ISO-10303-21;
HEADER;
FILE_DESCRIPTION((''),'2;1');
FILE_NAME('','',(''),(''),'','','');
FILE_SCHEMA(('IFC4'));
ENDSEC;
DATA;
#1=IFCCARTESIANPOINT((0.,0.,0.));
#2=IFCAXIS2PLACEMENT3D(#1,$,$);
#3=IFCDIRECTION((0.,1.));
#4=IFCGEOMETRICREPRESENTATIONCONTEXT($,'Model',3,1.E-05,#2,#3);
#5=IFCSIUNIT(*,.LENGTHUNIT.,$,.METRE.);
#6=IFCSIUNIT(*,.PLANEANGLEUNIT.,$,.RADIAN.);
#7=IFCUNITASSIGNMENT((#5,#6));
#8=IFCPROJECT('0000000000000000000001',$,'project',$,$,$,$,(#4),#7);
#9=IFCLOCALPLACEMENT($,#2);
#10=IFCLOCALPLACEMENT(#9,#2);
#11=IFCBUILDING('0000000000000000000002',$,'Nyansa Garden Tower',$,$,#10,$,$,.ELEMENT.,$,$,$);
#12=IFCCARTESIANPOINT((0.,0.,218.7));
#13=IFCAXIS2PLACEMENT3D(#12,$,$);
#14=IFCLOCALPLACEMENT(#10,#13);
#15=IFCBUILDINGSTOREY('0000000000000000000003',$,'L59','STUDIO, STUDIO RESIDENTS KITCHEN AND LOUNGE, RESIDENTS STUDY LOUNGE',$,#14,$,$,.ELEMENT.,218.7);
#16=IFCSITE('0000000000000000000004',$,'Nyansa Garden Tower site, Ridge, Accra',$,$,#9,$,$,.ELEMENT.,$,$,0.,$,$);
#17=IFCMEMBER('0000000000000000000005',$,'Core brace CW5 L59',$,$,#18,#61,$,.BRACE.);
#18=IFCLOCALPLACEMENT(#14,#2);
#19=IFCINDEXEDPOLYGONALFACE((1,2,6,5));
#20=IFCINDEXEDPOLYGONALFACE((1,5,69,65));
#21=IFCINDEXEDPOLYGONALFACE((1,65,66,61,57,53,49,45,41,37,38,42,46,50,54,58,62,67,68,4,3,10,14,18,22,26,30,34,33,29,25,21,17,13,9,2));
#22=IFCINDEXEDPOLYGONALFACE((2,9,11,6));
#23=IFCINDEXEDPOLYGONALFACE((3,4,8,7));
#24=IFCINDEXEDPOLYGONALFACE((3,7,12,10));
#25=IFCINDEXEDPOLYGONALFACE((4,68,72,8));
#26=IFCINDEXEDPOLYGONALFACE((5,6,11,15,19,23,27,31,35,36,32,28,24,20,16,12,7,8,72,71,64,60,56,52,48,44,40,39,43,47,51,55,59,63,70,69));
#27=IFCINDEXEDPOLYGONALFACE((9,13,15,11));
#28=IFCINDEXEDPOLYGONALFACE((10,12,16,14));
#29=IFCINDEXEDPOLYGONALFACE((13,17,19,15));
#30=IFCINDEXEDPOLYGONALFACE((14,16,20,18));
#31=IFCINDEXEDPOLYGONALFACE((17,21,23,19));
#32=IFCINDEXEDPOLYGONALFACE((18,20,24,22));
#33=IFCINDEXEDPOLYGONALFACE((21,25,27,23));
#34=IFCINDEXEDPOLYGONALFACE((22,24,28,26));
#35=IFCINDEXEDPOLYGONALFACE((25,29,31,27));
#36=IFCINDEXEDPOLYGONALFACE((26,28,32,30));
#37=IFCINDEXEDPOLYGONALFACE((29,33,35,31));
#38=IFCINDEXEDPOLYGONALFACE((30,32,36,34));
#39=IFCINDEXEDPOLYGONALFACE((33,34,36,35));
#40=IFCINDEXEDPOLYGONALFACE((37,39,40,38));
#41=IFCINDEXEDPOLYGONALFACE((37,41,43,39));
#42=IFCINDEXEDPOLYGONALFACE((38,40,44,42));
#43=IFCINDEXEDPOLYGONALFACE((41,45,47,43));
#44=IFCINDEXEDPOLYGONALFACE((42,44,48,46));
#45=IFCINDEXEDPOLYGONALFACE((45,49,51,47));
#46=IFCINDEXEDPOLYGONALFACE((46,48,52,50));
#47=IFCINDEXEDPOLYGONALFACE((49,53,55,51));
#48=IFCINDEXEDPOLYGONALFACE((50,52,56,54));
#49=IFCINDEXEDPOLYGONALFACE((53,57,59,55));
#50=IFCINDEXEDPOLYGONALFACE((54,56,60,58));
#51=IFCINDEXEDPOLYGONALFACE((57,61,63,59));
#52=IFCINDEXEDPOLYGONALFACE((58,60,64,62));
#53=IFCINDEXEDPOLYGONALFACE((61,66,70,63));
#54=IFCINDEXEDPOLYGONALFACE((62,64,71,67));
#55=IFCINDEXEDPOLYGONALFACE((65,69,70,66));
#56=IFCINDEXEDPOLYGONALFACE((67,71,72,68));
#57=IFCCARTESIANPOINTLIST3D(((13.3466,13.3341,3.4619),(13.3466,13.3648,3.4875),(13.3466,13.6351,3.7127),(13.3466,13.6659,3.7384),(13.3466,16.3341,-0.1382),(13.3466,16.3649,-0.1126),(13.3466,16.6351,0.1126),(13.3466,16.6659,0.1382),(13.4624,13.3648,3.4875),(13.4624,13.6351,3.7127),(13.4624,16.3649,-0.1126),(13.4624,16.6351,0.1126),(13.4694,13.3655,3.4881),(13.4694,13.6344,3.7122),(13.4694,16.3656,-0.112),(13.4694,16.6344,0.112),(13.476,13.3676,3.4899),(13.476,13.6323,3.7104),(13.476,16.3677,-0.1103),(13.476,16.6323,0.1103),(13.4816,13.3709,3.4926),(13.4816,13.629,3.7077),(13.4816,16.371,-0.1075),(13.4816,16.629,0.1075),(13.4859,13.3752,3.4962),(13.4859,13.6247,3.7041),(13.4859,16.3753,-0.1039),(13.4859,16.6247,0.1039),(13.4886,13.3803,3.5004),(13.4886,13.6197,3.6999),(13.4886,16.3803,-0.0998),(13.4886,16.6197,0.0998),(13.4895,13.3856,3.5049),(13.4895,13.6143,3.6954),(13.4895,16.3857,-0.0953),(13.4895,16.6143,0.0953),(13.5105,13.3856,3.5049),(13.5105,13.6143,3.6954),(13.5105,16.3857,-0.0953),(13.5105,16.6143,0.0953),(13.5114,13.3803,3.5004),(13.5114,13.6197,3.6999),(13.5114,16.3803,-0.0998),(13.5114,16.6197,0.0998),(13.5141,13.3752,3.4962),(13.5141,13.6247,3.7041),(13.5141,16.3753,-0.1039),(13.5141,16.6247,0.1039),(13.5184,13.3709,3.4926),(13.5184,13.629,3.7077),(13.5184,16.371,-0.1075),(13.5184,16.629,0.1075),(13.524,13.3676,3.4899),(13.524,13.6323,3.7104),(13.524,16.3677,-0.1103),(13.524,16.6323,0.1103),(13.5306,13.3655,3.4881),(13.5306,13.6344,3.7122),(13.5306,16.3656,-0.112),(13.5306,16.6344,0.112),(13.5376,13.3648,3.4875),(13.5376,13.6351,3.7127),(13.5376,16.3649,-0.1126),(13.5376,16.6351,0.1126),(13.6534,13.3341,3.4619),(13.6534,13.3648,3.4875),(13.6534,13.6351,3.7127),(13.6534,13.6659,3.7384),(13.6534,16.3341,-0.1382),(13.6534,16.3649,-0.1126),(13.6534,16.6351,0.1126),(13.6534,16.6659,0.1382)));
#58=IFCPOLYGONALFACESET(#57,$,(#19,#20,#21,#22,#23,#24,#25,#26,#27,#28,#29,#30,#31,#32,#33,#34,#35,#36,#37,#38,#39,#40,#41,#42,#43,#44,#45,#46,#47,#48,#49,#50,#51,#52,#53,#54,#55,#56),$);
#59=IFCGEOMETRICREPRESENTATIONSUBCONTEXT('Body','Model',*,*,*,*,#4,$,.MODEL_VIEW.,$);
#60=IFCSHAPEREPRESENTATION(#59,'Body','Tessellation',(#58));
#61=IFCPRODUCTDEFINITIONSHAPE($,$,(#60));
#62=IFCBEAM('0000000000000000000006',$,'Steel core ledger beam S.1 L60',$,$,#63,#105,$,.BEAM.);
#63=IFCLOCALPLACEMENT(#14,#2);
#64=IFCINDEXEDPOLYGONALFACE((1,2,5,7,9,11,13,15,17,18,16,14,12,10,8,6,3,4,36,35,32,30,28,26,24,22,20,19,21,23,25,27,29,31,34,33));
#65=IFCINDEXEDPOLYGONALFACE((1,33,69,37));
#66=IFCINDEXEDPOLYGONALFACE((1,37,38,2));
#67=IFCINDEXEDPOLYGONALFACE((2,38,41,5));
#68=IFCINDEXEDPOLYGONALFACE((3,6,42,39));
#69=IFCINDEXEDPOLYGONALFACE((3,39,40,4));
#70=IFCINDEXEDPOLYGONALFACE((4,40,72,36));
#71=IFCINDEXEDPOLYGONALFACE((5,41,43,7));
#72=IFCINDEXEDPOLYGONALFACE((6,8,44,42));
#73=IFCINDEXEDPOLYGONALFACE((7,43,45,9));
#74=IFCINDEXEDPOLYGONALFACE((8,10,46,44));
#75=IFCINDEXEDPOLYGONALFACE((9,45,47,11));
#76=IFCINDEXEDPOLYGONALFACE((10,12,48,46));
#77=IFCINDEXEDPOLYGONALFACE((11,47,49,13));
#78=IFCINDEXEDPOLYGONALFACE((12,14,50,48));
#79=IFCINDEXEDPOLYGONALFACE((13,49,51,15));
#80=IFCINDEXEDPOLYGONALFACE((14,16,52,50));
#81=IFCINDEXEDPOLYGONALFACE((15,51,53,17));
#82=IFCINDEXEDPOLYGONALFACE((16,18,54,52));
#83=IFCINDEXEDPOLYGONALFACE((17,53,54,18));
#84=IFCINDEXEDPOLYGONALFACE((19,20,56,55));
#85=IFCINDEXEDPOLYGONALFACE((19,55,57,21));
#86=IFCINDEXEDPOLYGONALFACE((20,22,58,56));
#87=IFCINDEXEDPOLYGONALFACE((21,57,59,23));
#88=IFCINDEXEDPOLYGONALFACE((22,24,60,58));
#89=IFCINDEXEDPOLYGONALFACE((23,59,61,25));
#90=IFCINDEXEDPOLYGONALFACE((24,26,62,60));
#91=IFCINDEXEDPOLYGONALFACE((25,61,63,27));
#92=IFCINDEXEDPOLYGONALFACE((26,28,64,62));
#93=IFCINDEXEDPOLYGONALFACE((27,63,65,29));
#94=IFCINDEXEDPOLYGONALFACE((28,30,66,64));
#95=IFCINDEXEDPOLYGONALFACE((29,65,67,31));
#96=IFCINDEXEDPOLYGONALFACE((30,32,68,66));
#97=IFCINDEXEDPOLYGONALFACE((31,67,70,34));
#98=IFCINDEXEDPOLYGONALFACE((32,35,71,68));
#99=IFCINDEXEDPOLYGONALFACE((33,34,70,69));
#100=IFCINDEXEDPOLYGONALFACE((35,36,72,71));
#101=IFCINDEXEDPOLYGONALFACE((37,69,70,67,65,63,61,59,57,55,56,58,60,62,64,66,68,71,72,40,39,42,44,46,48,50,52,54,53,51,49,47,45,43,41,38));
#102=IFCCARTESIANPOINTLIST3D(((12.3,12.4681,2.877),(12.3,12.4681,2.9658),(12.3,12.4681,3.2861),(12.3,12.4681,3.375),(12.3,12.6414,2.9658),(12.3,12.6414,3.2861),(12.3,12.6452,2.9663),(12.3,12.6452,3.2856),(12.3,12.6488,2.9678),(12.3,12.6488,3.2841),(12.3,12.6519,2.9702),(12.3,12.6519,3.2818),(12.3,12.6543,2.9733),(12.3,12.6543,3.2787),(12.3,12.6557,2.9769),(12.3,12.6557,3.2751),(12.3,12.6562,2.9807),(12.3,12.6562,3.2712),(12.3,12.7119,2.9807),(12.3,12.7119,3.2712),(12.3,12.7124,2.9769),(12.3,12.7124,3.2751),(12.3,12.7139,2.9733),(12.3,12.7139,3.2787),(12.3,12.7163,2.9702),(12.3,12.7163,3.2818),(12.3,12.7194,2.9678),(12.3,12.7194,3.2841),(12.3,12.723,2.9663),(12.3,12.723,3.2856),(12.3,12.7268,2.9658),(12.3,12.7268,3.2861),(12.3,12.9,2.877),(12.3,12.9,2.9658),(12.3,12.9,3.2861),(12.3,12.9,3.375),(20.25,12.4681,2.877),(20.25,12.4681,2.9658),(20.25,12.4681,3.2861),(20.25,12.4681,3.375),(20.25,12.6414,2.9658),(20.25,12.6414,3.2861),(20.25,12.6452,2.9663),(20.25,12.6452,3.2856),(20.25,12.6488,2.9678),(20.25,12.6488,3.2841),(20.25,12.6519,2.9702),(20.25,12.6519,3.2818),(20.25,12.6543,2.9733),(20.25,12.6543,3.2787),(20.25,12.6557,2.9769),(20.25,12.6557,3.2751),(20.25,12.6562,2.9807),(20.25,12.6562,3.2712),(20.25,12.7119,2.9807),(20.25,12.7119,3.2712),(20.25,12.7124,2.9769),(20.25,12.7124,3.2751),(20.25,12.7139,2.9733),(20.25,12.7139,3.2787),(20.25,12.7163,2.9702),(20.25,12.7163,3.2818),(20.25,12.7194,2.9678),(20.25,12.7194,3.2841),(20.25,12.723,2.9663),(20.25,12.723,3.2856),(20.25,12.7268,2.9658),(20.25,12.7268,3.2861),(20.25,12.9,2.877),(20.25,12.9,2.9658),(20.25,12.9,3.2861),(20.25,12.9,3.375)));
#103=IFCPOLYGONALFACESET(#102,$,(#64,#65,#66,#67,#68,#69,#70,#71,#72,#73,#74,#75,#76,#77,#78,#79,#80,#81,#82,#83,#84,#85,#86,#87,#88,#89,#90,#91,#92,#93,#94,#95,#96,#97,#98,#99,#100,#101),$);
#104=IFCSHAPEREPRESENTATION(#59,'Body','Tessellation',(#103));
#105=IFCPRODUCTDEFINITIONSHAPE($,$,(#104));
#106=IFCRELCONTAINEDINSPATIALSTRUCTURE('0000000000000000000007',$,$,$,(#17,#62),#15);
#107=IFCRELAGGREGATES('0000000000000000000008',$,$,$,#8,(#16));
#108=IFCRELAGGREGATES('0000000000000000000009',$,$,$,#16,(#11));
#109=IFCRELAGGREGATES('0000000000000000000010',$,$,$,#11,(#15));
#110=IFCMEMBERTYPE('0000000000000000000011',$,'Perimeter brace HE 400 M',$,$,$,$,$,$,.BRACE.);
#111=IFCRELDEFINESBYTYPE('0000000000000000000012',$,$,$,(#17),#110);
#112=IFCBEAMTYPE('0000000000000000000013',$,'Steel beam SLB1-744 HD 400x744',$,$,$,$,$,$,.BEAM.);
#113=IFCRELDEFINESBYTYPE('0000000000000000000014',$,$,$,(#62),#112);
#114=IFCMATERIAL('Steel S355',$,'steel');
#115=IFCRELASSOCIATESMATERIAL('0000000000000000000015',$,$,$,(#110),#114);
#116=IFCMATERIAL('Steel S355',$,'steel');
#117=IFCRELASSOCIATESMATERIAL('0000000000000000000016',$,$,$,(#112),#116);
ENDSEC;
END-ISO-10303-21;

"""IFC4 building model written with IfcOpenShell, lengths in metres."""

from ifc_helpers import new_model, si_unit, direction, frame, origin, origin_2d, place, context, subcontext, project, spatial, i_section, extrude, material, material_profile, profile_set, type_object, element, save


model = new_model("IFC4")

# Units and contexts
model_context = context("Model", 3, precision=1e-05, world=origin(), true_north=direction((0.0, 1.0)))
body_context = subcontext(model_context, "Body", "Model", "MODEL_VIEW")
ifc_project = project(units=[si_unit("LENGTHUNIT", "METRE"), si_unit("PLANEANGLEUNIT", "RADIAN")], contexts=[model_context])

# Site, building, storey
site_placement = place(None, origin())
site = spatial("IfcSite", under=ifc_project, at=site_placement, Name="Nyansa Garden Tower site, Ridge, Accra", CompositionType="ELEMENT", RefElevation=0.0)
building_placement = place(site_placement, origin())
building = spatial("IfcBuilding", under=site, at=building_placement, Name="Nyansa Garden Tower", CompositionType="ELEMENT")
storey_placement = place(building_placement, frame((0.0, 0.0, 218.7)))
storey = spatial("IfcBuildingStorey", under=building, at=storey_placement, Name="L59", Description="STUDIO, STUDIO RESIDENTS KITCHEN AND LOUNGE, RESIDENTS STUDY LOUNGE", CompositionType="ELEMENT", Elevation=218.7)

# Member
ifc_material_1 = material(Name="Steel S355", Category="steel")
ifc_material_profile_1 = material_profile(ifc_material_1, i_section(OverallWidth=0.3069, OverallDepth=0.4319, WebThickness=0.021, FlangeThickness=0.04, FilletRadius=0.0271, at=origin_2d()), Name="HE 400 M")
ifc_profile_set_1 = profile_set([ifc_material_profile_1], Name="Steel S355")
member_type = type_object("IfcMemberType", Name="Perimeter brace HE 400 M", PredefinedType="BRACE", material=ifc_profile_set_1)
member_placement = place(storey_placement, frame((13.5, 16.5, 0.0), z_axis=(0.0, -0.640174, 0.76823), x_axis=(1.0, 0.0, 0.0)))
element("IfcMember", 1, at=member_placement, inside=storey, type_object=member_type, Name="Core brace CW5 L59", PredefinedType="BRACE", context=body_context, shape_type="SweptSolid", body=[
    extrude(i_section(OverallWidth=0.3069, OverallDepth=0.4319, WebThickness=0.021, FlangeThickness=0.04, FilletRadius=0.0271, at=origin_2d()), origin(), (0.0, 0.0, 1.0), 4.6863),
])

# Beam
ifc_material_2 = material(Name="Steel S355", Category="steel")
ifc_material_profile_2 = material_profile(ifc_material_2, i_section(OverallWidth=0.4319, OverallDepth=0.498, WebThickness=0.0557, FlangeThickness=0.0889, FilletRadius=0.0149, at=origin_2d()), Name="HD 400x744")
ifc_profile_set_2 = profile_set([ifc_material_profile_2], Name="Steel S355")
beam_type = type_object("IfcBeamType", Name="Steel beam SLB1-744 HD 400x744", PredefinedType="BEAM", material=ifc_profile_set_2)
beam_placement = place(storey_placement, frame((12.3, 12.6841, 3.126), z_axis=(1.0, 0.0, 0.0), x_axis=(0.0, 1.0, 0.0)))
element("IfcBeam", 2, at=beam_placement, inside=storey, type_object=beam_type, Name="Steel core ledger beam S.1 L60", PredefinedType="BEAM", context=body_context, shape_type="SweptSolid", body=[
    extrude(i_section(OverallWidth=0.4319, OverallDepth=0.498, WebThickness=0.0557, FlangeThickness=0.0889, FilletRadius=0.0149, at=origin_2d()), origin(), (0.0, 0.0, 1.0), 7.95),
])

save(model, "model.ifc")
